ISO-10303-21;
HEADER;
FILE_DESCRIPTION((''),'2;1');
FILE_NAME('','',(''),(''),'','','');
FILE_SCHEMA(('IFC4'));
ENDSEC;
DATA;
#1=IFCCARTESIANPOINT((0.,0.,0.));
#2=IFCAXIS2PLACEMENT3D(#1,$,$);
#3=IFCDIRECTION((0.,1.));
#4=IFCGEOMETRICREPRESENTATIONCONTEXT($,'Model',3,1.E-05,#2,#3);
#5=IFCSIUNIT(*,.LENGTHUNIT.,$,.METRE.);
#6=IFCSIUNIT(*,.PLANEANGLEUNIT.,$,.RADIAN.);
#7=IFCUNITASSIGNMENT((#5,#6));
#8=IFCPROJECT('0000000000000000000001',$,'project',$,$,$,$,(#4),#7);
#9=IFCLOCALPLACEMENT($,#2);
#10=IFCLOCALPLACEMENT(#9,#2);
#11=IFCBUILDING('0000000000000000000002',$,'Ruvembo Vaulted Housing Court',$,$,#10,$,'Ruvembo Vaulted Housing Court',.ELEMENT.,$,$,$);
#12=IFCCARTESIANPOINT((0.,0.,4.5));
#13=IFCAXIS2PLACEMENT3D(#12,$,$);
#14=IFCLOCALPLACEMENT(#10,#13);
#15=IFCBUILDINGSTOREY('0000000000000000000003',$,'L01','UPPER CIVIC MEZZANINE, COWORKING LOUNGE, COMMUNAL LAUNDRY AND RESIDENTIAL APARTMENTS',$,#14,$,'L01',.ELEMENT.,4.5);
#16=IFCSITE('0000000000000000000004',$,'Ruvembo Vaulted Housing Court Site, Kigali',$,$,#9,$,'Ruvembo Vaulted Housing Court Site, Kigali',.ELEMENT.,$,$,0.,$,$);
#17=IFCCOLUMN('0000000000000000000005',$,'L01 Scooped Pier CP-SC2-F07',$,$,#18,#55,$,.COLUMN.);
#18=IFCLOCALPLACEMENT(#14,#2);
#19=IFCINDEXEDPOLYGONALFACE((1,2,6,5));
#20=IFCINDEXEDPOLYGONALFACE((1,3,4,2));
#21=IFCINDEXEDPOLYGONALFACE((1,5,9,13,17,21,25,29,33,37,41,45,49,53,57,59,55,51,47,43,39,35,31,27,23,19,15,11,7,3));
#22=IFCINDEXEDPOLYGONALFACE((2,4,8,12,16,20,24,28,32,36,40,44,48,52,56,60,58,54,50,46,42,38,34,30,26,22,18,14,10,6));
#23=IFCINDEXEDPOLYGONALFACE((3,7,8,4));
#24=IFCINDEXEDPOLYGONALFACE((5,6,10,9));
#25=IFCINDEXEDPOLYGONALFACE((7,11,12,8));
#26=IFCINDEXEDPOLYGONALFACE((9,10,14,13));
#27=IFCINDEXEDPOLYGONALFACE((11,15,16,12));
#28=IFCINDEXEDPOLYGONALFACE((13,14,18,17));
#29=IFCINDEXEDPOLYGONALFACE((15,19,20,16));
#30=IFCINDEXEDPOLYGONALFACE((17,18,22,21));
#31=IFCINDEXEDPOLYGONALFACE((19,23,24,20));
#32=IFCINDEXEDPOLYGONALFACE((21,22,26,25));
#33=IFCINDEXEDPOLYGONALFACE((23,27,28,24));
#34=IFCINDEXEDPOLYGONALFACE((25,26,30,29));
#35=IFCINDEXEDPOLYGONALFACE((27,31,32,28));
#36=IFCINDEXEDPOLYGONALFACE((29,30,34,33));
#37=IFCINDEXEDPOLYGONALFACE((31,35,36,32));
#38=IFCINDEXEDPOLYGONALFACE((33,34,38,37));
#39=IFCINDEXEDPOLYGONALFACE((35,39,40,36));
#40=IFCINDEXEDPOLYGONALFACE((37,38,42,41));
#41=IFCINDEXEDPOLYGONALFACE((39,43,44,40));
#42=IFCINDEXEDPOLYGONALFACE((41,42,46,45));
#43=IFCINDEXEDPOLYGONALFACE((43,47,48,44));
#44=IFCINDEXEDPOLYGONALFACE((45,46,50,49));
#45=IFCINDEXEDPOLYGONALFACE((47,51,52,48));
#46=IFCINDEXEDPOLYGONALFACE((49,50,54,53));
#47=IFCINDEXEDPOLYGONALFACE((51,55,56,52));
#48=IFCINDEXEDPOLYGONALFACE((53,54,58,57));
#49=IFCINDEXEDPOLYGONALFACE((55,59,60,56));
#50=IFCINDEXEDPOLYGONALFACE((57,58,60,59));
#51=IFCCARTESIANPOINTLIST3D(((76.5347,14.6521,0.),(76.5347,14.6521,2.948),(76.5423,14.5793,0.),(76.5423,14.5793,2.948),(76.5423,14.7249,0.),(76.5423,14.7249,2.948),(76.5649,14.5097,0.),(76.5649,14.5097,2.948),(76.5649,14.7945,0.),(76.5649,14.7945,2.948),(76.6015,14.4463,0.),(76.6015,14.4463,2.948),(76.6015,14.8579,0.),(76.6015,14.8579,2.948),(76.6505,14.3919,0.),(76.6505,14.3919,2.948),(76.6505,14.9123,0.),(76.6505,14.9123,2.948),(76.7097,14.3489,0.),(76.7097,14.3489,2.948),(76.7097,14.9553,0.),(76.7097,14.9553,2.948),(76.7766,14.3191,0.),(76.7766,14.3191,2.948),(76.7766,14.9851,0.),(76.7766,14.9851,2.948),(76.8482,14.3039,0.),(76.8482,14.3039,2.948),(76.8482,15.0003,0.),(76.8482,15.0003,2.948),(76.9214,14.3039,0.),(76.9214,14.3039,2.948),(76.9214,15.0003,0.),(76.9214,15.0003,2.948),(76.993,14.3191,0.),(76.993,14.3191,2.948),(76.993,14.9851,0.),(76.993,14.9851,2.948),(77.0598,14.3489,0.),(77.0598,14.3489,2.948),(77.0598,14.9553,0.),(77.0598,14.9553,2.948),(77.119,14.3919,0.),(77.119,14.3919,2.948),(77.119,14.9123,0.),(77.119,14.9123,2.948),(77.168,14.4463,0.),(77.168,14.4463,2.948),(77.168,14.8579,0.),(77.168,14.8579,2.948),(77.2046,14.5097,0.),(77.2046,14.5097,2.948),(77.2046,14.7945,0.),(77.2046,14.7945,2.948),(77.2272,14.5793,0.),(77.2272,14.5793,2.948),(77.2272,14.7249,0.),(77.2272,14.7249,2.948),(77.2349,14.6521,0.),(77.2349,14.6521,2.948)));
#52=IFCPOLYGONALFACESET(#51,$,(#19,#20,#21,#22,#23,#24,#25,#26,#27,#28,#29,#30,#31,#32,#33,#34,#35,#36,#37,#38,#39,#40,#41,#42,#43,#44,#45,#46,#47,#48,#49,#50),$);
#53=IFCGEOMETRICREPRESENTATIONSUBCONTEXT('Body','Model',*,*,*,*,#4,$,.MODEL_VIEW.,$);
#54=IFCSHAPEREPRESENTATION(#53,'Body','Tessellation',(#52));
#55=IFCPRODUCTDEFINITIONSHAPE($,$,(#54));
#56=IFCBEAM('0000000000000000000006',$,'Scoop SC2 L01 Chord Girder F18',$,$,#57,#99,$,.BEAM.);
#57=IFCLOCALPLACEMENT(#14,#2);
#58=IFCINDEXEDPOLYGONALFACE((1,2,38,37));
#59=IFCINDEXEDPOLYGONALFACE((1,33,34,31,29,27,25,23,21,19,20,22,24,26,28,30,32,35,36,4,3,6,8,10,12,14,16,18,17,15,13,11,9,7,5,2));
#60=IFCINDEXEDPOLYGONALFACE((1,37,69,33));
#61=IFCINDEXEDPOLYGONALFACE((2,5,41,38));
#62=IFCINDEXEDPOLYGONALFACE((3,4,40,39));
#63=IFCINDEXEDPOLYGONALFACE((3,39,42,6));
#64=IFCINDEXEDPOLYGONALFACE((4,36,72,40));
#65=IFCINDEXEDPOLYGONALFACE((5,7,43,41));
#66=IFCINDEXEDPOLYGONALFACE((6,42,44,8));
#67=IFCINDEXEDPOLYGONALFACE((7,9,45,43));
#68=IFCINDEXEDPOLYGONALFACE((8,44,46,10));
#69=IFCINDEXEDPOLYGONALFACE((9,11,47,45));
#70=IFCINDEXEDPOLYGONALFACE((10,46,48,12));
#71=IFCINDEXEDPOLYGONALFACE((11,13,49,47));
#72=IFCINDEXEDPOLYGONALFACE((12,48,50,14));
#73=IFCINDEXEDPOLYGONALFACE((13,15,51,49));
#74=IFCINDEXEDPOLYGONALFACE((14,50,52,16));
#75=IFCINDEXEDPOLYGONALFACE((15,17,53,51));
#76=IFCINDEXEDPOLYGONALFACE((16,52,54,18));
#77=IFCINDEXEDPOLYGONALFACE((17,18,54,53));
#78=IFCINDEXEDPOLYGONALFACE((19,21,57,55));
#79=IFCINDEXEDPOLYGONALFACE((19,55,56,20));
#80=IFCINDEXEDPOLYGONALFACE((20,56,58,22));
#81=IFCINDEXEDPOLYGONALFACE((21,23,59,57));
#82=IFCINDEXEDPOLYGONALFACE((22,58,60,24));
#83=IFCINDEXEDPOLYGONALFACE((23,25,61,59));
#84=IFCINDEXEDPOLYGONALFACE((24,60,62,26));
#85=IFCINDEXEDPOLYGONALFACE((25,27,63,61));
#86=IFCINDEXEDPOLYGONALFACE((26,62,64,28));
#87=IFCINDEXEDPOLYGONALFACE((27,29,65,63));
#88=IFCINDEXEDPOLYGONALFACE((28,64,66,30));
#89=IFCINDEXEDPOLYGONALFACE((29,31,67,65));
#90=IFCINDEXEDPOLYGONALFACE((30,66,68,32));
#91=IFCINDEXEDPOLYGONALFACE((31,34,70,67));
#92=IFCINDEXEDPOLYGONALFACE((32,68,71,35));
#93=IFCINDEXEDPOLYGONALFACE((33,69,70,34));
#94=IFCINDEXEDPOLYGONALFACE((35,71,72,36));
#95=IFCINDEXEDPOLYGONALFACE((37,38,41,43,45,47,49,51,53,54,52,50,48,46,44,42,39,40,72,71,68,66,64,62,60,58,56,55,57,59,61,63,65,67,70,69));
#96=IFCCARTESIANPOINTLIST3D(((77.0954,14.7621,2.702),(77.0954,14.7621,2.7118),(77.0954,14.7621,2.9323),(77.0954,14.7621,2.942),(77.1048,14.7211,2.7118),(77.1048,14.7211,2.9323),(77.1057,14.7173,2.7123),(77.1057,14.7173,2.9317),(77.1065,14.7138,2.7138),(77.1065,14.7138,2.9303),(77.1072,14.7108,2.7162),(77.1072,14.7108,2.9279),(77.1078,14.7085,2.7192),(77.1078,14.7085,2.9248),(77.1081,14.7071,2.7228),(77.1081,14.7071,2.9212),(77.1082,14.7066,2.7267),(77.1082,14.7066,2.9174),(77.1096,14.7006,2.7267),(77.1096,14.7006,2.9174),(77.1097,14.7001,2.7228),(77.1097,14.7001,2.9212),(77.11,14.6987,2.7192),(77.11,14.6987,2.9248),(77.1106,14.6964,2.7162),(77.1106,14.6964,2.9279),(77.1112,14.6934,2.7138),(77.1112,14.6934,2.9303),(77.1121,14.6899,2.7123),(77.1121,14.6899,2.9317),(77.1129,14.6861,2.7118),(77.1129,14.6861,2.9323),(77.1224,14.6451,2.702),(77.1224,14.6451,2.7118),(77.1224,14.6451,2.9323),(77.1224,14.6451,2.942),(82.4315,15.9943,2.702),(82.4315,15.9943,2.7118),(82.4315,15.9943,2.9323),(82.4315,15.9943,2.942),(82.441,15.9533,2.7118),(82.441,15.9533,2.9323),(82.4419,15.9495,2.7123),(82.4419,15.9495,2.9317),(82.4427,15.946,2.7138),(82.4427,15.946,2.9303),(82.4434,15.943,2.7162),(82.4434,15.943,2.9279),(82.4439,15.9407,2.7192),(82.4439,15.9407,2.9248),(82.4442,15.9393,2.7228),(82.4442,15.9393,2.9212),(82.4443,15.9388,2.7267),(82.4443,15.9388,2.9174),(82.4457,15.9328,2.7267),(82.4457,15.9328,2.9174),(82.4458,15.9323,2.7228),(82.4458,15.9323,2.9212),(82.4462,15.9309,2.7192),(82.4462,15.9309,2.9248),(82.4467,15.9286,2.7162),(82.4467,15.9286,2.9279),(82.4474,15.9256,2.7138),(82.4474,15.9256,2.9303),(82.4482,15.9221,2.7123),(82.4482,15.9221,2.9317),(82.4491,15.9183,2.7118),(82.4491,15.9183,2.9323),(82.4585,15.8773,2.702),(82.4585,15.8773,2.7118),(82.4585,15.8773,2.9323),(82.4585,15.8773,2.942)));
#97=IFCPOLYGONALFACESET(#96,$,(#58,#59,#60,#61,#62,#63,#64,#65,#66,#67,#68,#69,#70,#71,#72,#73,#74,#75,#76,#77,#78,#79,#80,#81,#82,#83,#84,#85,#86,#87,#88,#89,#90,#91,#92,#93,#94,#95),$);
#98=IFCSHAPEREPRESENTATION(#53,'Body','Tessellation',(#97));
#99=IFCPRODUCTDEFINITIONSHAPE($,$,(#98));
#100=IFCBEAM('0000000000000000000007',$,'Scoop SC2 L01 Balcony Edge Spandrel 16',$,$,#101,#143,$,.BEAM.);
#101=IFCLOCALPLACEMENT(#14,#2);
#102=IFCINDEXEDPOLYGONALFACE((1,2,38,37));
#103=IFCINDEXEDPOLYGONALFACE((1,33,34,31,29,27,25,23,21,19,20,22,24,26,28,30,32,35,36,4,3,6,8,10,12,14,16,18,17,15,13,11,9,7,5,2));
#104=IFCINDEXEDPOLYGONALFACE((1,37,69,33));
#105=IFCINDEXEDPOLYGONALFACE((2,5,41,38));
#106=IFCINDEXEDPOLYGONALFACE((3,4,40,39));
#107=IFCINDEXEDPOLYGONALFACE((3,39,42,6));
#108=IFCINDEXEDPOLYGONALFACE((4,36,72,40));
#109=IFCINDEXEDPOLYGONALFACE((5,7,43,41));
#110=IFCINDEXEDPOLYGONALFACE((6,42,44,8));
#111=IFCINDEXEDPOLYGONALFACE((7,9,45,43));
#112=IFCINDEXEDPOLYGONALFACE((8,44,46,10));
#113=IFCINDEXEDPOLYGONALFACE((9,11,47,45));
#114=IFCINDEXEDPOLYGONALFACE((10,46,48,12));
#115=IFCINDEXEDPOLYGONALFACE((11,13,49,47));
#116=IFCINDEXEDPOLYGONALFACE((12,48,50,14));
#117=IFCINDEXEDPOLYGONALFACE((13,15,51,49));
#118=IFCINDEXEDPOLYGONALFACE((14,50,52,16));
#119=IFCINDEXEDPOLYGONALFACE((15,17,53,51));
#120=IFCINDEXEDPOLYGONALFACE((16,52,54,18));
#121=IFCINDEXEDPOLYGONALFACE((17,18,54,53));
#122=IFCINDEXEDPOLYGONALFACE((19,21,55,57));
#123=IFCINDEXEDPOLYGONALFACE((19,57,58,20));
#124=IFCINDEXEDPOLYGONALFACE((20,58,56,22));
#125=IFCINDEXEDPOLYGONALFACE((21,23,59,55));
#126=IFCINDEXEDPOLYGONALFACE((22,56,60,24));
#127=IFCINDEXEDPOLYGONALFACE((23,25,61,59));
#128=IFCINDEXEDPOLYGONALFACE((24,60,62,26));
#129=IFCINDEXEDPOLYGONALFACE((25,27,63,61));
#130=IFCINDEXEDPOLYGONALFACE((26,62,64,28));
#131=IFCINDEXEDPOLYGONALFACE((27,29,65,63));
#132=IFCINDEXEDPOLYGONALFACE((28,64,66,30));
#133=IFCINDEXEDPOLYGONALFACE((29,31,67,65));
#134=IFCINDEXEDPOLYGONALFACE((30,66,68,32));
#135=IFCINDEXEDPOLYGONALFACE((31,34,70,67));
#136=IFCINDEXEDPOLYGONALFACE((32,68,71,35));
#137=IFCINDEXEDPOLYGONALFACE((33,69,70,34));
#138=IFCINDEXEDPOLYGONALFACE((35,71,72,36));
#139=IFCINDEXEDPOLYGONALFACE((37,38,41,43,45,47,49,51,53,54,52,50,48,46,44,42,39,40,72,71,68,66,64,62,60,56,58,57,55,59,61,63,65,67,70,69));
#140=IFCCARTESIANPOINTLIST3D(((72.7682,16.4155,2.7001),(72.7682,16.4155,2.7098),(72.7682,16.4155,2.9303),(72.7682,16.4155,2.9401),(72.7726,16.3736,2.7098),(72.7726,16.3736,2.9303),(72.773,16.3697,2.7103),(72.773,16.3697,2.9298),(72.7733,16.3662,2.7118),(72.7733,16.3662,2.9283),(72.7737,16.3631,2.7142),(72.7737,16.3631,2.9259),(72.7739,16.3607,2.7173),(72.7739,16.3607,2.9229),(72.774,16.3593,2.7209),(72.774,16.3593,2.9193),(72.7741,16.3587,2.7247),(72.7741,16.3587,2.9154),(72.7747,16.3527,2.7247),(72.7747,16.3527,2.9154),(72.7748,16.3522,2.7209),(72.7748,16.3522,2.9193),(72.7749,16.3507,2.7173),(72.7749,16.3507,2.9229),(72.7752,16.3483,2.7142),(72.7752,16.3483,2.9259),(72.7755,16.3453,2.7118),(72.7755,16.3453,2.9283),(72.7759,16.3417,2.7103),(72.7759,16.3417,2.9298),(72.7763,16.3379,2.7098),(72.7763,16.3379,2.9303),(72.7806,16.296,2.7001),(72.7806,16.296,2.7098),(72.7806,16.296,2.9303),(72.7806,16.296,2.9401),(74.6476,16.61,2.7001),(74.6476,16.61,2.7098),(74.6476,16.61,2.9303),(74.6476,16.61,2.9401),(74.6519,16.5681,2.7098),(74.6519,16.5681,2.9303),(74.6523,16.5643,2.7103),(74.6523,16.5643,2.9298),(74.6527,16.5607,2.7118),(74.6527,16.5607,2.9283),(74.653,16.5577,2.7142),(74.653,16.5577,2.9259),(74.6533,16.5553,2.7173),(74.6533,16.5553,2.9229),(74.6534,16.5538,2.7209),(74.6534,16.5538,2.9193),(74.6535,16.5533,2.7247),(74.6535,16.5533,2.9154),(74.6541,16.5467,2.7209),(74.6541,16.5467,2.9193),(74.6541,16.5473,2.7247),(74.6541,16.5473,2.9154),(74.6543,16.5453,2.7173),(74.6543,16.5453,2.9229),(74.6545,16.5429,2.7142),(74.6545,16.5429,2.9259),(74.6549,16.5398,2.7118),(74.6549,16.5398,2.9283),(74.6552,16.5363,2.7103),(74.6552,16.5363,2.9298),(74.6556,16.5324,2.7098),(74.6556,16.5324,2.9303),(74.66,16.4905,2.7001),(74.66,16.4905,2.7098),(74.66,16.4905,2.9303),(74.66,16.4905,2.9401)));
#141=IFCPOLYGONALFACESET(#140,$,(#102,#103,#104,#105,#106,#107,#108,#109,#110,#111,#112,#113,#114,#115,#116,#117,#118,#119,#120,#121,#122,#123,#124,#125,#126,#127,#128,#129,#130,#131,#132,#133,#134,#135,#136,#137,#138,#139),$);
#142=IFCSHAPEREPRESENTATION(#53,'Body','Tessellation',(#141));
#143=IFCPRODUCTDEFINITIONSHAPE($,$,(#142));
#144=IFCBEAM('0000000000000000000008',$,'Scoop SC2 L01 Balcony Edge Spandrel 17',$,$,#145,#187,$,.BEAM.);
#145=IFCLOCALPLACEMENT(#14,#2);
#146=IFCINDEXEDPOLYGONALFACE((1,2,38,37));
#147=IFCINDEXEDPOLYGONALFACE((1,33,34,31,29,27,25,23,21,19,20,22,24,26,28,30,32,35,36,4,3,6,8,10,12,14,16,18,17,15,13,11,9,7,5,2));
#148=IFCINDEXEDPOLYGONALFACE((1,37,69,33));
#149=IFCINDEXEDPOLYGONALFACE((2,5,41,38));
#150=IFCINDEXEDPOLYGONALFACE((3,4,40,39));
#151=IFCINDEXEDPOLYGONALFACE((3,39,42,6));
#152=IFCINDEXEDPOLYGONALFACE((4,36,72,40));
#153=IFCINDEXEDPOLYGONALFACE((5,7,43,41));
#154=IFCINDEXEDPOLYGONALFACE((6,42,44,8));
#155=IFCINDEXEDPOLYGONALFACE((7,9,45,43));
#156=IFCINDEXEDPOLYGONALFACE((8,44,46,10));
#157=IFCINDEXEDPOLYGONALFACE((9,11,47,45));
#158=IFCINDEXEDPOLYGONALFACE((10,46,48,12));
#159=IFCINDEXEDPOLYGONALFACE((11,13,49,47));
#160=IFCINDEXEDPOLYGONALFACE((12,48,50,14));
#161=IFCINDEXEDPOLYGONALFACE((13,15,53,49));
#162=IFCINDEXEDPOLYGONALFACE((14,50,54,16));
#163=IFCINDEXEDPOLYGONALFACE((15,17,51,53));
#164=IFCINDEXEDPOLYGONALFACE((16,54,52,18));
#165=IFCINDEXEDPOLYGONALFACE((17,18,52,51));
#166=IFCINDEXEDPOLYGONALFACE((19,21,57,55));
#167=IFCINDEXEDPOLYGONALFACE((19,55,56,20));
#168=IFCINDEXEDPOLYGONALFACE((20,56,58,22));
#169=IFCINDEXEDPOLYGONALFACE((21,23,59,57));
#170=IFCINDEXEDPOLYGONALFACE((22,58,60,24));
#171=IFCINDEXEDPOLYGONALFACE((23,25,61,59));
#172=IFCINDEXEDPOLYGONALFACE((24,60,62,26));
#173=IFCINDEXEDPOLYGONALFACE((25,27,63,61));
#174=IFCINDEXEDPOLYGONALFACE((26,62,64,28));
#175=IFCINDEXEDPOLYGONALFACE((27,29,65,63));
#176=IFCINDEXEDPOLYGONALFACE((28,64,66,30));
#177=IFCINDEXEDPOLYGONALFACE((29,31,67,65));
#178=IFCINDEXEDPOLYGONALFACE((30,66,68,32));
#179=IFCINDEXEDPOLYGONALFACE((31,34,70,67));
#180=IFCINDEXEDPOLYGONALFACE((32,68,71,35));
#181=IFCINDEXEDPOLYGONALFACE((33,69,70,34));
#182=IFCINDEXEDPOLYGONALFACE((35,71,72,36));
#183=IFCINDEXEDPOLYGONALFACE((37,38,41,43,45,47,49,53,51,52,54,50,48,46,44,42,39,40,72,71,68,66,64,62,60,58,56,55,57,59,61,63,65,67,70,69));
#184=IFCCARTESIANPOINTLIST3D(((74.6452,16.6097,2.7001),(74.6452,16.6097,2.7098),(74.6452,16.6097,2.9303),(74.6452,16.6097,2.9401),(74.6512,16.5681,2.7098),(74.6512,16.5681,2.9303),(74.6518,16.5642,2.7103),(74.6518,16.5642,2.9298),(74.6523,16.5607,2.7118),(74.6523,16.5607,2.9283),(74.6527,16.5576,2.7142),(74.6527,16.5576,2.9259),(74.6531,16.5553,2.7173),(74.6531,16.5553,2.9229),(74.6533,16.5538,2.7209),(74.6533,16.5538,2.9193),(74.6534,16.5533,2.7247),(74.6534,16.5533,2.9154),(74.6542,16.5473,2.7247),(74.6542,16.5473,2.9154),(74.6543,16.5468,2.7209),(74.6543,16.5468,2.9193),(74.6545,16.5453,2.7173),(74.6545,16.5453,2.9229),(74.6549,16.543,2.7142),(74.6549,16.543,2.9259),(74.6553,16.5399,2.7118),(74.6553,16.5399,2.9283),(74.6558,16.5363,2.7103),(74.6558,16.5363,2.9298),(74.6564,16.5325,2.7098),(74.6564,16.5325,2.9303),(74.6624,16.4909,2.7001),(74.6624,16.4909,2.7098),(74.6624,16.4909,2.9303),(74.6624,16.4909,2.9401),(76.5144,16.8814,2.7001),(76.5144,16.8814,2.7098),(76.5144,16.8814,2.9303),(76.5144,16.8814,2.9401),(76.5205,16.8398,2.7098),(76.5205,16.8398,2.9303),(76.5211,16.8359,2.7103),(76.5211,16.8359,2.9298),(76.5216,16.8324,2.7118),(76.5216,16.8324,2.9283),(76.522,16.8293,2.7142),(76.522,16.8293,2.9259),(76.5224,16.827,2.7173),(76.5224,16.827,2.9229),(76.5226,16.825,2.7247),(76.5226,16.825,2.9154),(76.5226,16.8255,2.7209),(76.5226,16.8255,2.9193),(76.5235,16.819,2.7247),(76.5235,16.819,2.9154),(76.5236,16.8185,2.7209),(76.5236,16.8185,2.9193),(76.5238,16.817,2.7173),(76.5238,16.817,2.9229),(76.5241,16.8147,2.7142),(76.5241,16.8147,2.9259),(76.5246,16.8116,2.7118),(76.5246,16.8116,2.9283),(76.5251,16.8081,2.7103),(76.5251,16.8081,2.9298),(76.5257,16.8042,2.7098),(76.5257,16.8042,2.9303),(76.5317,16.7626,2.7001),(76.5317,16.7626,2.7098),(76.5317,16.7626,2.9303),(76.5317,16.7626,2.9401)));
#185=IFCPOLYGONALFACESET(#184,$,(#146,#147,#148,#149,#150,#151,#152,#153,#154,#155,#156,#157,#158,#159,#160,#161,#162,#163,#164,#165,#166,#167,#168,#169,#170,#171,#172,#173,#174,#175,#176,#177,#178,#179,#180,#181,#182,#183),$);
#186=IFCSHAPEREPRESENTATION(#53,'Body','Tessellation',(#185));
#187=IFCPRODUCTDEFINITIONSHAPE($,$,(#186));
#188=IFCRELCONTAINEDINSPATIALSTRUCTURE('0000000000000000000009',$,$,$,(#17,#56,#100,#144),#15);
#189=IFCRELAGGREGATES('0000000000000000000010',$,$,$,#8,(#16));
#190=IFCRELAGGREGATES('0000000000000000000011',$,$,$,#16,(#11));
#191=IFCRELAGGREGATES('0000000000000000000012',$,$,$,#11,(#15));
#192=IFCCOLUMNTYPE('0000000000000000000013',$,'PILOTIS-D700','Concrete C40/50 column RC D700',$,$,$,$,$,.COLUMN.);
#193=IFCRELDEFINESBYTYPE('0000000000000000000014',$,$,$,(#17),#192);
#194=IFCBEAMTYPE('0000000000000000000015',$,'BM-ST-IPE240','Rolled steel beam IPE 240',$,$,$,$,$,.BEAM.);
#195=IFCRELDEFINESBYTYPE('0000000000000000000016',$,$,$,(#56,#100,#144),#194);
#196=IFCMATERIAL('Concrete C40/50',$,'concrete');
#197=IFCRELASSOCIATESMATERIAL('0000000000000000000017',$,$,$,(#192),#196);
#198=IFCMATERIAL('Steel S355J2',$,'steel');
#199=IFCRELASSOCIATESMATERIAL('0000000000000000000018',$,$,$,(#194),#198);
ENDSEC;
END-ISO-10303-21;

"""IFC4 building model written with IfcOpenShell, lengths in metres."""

from ifc_helpers import new_model, si_unit, direction, frame, origin, origin_2d, place, context, subcontext, project, spatial, circle, i_section, extrude, material, material_profile, profile_set, type_object, element, save


model = new_model("IFC4")

# Units and contexts
model_context = context("Model", 3, precision=1e-05, world=origin(), true_north=direction((0.0, 1.0)))
body_context = subcontext(model_context, "Body", "Model", "MODEL_VIEW")
ifc_project = project(units=[si_unit("LENGTHUNIT", "METRE"), si_unit("PLANEANGLEUNIT", "RADIAN")], contexts=[model_context])

# Site, building, storey
site_placement = place(None, origin())
site = spatial("IfcSite", under=ifc_project, at=site_placement, Name="Ruvembo Vaulted Housing Court Site, Kigali", LongName="Ruvembo Vaulted Housing Court Site, Kigali", CompositionType="ELEMENT", RefElevation=0.0)
building_placement = place(site_placement, origin())
building = spatial("IfcBuilding", under=site, at=building_placement, Name="Ruvembo Vaulted Housing Court", LongName="Ruvembo Vaulted Housing Court", CompositionType="ELEMENT")
storey_placement = place(building_placement, frame((0.0, 0.0, 4.5)))
storey = spatial("IfcBuildingStorey", under=building, at=storey_placement, Name="L01", Description="UPPER CIVIC MEZZANINE, COWORKING LOUNGE, COMMUNAL LAUNDRY AND RESIDENTIAL APARTMENTS", LongName="L01", CompositionType="ELEMENT", Elevation=4.5)

# Column
ifc_material_1 = material(Name="Concrete C40/50", Category="concrete")
ifc_material_profile_1 = material_profile(ifc_material_1, circle(Radius=0.3501, at=origin_2d()), Name="RC D700")
ifc_profile_set_1 = profile_set([ifc_material_profile_1], Name="Concrete C40/50")
column_type = type_object("IfcColumnType", Name="PILOTIS-D700", Description="Concrete C40/50 column RC D700", PredefinedType="COLUMN", material=ifc_profile_set_1)
column_placement = place(storey_placement, frame((76.8848, 14.6521, 0.0), z_axis=(0.0, 0.0, 1.0), x_axis=(1.0, 0.0, 0.0)))
element("IfcColumn", 1, at=column_placement, inside=storey, type_object=column_type, Name="L01 Scooped Pier CP-SC2-F07", PredefinedType="COLUMN", context=body_context, shape_type="SweptSolid", body=[
    extrude(circle(Radius=0.3501, at=origin_2d()), origin(), (0.0, 0.0, 1.0), 2.948),
])

# Beams
ifc_material_2 = material(Name="Steel S355J2", Category="steel")
ifc_material_profile_2 = material_profile(ifc_material_2, i_section(OverallWidth=0.1201, OverallDepth=0.24, WebThickness=0.0061, FlangeThickness=0.0098, FilletRadius=0.0149, at=origin_2d()), Name="IPE 240")
ifc_profile_set_2 = profile_set([ifc_material_profile_2], Name="Steel S355J2")
beam_type = type_object("IfcBeamType", Name="BM-ST-IPE240", Description="Rolled steel beam IPE 240", PredefinedType="BEAM", material=ifc_profile_set_2)
beam_1_placement = place(storey_placement, frame((77.1089, 14.7036, 2.822), z_axis=(0.974361, 0.22499, 0.0), x_axis=(-0.22499, 0.974361, 0.0)))
element("IfcBeam", 2, at=beam_1_placement, inside=storey, type_object=beam_type, Name="Scoop SC2 L01 Chord Girder F18", PredefinedType="BEAM", context=body_context, shape_type="SweptSolid", body=[
    extrude(i_section(OverallWidth=0.1201, OverallDepth=0.24, WebThickness=0.0061, FlangeThickness=0.0098, FilletRadius=0.0149, at=origin_2d()), origin(), (0.0, 0.0, 1.0), 5.4766),
])
beam_2_placement = place(storey_placement, frame((72.7744, 16.3557, 2.8201), z_axis=(0.994683, 0.102983, 0.0), x_axis=(-0.102983, 0.994683, 0.0)))
element("IfcBeam", 3, at=beam_2_placement, inside=storey, type_object=beam_type, Name="Scoop SC2 L01 Balcony Edge Spandrel 16", PredefinedType="BEAM", context=body_context, shape_type="SweptSolid", body=[
    extrude(i_section(OverallWidth=0.1201, OverallDepth=0.24, WebThickness=0.0061, FlangeThickness=0.0098, FilletRadius=0.0149, at=origin_2d()), origin(), (0.0, 0.0, 1.0), 1.8894),
])
beam_3_placement = place(storey_placement, frame((74.6538, 16.5503, 2.8201), z_axis=(0.9896, 0.143845, 0.0), x_axis=(-0.143845, 0.9896, 0.0)))
element("IfcBeam", 4, at=beam_3_placement, inside=storey, type_object=beam_type, Name="Scoop SC2 L01 Balcony Edge Spandrel 17", PredefinedType="BEAM", context=body_context, shape_type="SweptSolid", body=[
    extrude(i_section(OverallWidth=0.1201, OverallDepth=0.24, WebThickness=0.0061, FlangeThickness=0.0098, FilletRadius=0.0149, at=origin_2d()), origin(), (0.0, 0.0, 1.0), 1.8889),
])

save(model, "model.ifc")
